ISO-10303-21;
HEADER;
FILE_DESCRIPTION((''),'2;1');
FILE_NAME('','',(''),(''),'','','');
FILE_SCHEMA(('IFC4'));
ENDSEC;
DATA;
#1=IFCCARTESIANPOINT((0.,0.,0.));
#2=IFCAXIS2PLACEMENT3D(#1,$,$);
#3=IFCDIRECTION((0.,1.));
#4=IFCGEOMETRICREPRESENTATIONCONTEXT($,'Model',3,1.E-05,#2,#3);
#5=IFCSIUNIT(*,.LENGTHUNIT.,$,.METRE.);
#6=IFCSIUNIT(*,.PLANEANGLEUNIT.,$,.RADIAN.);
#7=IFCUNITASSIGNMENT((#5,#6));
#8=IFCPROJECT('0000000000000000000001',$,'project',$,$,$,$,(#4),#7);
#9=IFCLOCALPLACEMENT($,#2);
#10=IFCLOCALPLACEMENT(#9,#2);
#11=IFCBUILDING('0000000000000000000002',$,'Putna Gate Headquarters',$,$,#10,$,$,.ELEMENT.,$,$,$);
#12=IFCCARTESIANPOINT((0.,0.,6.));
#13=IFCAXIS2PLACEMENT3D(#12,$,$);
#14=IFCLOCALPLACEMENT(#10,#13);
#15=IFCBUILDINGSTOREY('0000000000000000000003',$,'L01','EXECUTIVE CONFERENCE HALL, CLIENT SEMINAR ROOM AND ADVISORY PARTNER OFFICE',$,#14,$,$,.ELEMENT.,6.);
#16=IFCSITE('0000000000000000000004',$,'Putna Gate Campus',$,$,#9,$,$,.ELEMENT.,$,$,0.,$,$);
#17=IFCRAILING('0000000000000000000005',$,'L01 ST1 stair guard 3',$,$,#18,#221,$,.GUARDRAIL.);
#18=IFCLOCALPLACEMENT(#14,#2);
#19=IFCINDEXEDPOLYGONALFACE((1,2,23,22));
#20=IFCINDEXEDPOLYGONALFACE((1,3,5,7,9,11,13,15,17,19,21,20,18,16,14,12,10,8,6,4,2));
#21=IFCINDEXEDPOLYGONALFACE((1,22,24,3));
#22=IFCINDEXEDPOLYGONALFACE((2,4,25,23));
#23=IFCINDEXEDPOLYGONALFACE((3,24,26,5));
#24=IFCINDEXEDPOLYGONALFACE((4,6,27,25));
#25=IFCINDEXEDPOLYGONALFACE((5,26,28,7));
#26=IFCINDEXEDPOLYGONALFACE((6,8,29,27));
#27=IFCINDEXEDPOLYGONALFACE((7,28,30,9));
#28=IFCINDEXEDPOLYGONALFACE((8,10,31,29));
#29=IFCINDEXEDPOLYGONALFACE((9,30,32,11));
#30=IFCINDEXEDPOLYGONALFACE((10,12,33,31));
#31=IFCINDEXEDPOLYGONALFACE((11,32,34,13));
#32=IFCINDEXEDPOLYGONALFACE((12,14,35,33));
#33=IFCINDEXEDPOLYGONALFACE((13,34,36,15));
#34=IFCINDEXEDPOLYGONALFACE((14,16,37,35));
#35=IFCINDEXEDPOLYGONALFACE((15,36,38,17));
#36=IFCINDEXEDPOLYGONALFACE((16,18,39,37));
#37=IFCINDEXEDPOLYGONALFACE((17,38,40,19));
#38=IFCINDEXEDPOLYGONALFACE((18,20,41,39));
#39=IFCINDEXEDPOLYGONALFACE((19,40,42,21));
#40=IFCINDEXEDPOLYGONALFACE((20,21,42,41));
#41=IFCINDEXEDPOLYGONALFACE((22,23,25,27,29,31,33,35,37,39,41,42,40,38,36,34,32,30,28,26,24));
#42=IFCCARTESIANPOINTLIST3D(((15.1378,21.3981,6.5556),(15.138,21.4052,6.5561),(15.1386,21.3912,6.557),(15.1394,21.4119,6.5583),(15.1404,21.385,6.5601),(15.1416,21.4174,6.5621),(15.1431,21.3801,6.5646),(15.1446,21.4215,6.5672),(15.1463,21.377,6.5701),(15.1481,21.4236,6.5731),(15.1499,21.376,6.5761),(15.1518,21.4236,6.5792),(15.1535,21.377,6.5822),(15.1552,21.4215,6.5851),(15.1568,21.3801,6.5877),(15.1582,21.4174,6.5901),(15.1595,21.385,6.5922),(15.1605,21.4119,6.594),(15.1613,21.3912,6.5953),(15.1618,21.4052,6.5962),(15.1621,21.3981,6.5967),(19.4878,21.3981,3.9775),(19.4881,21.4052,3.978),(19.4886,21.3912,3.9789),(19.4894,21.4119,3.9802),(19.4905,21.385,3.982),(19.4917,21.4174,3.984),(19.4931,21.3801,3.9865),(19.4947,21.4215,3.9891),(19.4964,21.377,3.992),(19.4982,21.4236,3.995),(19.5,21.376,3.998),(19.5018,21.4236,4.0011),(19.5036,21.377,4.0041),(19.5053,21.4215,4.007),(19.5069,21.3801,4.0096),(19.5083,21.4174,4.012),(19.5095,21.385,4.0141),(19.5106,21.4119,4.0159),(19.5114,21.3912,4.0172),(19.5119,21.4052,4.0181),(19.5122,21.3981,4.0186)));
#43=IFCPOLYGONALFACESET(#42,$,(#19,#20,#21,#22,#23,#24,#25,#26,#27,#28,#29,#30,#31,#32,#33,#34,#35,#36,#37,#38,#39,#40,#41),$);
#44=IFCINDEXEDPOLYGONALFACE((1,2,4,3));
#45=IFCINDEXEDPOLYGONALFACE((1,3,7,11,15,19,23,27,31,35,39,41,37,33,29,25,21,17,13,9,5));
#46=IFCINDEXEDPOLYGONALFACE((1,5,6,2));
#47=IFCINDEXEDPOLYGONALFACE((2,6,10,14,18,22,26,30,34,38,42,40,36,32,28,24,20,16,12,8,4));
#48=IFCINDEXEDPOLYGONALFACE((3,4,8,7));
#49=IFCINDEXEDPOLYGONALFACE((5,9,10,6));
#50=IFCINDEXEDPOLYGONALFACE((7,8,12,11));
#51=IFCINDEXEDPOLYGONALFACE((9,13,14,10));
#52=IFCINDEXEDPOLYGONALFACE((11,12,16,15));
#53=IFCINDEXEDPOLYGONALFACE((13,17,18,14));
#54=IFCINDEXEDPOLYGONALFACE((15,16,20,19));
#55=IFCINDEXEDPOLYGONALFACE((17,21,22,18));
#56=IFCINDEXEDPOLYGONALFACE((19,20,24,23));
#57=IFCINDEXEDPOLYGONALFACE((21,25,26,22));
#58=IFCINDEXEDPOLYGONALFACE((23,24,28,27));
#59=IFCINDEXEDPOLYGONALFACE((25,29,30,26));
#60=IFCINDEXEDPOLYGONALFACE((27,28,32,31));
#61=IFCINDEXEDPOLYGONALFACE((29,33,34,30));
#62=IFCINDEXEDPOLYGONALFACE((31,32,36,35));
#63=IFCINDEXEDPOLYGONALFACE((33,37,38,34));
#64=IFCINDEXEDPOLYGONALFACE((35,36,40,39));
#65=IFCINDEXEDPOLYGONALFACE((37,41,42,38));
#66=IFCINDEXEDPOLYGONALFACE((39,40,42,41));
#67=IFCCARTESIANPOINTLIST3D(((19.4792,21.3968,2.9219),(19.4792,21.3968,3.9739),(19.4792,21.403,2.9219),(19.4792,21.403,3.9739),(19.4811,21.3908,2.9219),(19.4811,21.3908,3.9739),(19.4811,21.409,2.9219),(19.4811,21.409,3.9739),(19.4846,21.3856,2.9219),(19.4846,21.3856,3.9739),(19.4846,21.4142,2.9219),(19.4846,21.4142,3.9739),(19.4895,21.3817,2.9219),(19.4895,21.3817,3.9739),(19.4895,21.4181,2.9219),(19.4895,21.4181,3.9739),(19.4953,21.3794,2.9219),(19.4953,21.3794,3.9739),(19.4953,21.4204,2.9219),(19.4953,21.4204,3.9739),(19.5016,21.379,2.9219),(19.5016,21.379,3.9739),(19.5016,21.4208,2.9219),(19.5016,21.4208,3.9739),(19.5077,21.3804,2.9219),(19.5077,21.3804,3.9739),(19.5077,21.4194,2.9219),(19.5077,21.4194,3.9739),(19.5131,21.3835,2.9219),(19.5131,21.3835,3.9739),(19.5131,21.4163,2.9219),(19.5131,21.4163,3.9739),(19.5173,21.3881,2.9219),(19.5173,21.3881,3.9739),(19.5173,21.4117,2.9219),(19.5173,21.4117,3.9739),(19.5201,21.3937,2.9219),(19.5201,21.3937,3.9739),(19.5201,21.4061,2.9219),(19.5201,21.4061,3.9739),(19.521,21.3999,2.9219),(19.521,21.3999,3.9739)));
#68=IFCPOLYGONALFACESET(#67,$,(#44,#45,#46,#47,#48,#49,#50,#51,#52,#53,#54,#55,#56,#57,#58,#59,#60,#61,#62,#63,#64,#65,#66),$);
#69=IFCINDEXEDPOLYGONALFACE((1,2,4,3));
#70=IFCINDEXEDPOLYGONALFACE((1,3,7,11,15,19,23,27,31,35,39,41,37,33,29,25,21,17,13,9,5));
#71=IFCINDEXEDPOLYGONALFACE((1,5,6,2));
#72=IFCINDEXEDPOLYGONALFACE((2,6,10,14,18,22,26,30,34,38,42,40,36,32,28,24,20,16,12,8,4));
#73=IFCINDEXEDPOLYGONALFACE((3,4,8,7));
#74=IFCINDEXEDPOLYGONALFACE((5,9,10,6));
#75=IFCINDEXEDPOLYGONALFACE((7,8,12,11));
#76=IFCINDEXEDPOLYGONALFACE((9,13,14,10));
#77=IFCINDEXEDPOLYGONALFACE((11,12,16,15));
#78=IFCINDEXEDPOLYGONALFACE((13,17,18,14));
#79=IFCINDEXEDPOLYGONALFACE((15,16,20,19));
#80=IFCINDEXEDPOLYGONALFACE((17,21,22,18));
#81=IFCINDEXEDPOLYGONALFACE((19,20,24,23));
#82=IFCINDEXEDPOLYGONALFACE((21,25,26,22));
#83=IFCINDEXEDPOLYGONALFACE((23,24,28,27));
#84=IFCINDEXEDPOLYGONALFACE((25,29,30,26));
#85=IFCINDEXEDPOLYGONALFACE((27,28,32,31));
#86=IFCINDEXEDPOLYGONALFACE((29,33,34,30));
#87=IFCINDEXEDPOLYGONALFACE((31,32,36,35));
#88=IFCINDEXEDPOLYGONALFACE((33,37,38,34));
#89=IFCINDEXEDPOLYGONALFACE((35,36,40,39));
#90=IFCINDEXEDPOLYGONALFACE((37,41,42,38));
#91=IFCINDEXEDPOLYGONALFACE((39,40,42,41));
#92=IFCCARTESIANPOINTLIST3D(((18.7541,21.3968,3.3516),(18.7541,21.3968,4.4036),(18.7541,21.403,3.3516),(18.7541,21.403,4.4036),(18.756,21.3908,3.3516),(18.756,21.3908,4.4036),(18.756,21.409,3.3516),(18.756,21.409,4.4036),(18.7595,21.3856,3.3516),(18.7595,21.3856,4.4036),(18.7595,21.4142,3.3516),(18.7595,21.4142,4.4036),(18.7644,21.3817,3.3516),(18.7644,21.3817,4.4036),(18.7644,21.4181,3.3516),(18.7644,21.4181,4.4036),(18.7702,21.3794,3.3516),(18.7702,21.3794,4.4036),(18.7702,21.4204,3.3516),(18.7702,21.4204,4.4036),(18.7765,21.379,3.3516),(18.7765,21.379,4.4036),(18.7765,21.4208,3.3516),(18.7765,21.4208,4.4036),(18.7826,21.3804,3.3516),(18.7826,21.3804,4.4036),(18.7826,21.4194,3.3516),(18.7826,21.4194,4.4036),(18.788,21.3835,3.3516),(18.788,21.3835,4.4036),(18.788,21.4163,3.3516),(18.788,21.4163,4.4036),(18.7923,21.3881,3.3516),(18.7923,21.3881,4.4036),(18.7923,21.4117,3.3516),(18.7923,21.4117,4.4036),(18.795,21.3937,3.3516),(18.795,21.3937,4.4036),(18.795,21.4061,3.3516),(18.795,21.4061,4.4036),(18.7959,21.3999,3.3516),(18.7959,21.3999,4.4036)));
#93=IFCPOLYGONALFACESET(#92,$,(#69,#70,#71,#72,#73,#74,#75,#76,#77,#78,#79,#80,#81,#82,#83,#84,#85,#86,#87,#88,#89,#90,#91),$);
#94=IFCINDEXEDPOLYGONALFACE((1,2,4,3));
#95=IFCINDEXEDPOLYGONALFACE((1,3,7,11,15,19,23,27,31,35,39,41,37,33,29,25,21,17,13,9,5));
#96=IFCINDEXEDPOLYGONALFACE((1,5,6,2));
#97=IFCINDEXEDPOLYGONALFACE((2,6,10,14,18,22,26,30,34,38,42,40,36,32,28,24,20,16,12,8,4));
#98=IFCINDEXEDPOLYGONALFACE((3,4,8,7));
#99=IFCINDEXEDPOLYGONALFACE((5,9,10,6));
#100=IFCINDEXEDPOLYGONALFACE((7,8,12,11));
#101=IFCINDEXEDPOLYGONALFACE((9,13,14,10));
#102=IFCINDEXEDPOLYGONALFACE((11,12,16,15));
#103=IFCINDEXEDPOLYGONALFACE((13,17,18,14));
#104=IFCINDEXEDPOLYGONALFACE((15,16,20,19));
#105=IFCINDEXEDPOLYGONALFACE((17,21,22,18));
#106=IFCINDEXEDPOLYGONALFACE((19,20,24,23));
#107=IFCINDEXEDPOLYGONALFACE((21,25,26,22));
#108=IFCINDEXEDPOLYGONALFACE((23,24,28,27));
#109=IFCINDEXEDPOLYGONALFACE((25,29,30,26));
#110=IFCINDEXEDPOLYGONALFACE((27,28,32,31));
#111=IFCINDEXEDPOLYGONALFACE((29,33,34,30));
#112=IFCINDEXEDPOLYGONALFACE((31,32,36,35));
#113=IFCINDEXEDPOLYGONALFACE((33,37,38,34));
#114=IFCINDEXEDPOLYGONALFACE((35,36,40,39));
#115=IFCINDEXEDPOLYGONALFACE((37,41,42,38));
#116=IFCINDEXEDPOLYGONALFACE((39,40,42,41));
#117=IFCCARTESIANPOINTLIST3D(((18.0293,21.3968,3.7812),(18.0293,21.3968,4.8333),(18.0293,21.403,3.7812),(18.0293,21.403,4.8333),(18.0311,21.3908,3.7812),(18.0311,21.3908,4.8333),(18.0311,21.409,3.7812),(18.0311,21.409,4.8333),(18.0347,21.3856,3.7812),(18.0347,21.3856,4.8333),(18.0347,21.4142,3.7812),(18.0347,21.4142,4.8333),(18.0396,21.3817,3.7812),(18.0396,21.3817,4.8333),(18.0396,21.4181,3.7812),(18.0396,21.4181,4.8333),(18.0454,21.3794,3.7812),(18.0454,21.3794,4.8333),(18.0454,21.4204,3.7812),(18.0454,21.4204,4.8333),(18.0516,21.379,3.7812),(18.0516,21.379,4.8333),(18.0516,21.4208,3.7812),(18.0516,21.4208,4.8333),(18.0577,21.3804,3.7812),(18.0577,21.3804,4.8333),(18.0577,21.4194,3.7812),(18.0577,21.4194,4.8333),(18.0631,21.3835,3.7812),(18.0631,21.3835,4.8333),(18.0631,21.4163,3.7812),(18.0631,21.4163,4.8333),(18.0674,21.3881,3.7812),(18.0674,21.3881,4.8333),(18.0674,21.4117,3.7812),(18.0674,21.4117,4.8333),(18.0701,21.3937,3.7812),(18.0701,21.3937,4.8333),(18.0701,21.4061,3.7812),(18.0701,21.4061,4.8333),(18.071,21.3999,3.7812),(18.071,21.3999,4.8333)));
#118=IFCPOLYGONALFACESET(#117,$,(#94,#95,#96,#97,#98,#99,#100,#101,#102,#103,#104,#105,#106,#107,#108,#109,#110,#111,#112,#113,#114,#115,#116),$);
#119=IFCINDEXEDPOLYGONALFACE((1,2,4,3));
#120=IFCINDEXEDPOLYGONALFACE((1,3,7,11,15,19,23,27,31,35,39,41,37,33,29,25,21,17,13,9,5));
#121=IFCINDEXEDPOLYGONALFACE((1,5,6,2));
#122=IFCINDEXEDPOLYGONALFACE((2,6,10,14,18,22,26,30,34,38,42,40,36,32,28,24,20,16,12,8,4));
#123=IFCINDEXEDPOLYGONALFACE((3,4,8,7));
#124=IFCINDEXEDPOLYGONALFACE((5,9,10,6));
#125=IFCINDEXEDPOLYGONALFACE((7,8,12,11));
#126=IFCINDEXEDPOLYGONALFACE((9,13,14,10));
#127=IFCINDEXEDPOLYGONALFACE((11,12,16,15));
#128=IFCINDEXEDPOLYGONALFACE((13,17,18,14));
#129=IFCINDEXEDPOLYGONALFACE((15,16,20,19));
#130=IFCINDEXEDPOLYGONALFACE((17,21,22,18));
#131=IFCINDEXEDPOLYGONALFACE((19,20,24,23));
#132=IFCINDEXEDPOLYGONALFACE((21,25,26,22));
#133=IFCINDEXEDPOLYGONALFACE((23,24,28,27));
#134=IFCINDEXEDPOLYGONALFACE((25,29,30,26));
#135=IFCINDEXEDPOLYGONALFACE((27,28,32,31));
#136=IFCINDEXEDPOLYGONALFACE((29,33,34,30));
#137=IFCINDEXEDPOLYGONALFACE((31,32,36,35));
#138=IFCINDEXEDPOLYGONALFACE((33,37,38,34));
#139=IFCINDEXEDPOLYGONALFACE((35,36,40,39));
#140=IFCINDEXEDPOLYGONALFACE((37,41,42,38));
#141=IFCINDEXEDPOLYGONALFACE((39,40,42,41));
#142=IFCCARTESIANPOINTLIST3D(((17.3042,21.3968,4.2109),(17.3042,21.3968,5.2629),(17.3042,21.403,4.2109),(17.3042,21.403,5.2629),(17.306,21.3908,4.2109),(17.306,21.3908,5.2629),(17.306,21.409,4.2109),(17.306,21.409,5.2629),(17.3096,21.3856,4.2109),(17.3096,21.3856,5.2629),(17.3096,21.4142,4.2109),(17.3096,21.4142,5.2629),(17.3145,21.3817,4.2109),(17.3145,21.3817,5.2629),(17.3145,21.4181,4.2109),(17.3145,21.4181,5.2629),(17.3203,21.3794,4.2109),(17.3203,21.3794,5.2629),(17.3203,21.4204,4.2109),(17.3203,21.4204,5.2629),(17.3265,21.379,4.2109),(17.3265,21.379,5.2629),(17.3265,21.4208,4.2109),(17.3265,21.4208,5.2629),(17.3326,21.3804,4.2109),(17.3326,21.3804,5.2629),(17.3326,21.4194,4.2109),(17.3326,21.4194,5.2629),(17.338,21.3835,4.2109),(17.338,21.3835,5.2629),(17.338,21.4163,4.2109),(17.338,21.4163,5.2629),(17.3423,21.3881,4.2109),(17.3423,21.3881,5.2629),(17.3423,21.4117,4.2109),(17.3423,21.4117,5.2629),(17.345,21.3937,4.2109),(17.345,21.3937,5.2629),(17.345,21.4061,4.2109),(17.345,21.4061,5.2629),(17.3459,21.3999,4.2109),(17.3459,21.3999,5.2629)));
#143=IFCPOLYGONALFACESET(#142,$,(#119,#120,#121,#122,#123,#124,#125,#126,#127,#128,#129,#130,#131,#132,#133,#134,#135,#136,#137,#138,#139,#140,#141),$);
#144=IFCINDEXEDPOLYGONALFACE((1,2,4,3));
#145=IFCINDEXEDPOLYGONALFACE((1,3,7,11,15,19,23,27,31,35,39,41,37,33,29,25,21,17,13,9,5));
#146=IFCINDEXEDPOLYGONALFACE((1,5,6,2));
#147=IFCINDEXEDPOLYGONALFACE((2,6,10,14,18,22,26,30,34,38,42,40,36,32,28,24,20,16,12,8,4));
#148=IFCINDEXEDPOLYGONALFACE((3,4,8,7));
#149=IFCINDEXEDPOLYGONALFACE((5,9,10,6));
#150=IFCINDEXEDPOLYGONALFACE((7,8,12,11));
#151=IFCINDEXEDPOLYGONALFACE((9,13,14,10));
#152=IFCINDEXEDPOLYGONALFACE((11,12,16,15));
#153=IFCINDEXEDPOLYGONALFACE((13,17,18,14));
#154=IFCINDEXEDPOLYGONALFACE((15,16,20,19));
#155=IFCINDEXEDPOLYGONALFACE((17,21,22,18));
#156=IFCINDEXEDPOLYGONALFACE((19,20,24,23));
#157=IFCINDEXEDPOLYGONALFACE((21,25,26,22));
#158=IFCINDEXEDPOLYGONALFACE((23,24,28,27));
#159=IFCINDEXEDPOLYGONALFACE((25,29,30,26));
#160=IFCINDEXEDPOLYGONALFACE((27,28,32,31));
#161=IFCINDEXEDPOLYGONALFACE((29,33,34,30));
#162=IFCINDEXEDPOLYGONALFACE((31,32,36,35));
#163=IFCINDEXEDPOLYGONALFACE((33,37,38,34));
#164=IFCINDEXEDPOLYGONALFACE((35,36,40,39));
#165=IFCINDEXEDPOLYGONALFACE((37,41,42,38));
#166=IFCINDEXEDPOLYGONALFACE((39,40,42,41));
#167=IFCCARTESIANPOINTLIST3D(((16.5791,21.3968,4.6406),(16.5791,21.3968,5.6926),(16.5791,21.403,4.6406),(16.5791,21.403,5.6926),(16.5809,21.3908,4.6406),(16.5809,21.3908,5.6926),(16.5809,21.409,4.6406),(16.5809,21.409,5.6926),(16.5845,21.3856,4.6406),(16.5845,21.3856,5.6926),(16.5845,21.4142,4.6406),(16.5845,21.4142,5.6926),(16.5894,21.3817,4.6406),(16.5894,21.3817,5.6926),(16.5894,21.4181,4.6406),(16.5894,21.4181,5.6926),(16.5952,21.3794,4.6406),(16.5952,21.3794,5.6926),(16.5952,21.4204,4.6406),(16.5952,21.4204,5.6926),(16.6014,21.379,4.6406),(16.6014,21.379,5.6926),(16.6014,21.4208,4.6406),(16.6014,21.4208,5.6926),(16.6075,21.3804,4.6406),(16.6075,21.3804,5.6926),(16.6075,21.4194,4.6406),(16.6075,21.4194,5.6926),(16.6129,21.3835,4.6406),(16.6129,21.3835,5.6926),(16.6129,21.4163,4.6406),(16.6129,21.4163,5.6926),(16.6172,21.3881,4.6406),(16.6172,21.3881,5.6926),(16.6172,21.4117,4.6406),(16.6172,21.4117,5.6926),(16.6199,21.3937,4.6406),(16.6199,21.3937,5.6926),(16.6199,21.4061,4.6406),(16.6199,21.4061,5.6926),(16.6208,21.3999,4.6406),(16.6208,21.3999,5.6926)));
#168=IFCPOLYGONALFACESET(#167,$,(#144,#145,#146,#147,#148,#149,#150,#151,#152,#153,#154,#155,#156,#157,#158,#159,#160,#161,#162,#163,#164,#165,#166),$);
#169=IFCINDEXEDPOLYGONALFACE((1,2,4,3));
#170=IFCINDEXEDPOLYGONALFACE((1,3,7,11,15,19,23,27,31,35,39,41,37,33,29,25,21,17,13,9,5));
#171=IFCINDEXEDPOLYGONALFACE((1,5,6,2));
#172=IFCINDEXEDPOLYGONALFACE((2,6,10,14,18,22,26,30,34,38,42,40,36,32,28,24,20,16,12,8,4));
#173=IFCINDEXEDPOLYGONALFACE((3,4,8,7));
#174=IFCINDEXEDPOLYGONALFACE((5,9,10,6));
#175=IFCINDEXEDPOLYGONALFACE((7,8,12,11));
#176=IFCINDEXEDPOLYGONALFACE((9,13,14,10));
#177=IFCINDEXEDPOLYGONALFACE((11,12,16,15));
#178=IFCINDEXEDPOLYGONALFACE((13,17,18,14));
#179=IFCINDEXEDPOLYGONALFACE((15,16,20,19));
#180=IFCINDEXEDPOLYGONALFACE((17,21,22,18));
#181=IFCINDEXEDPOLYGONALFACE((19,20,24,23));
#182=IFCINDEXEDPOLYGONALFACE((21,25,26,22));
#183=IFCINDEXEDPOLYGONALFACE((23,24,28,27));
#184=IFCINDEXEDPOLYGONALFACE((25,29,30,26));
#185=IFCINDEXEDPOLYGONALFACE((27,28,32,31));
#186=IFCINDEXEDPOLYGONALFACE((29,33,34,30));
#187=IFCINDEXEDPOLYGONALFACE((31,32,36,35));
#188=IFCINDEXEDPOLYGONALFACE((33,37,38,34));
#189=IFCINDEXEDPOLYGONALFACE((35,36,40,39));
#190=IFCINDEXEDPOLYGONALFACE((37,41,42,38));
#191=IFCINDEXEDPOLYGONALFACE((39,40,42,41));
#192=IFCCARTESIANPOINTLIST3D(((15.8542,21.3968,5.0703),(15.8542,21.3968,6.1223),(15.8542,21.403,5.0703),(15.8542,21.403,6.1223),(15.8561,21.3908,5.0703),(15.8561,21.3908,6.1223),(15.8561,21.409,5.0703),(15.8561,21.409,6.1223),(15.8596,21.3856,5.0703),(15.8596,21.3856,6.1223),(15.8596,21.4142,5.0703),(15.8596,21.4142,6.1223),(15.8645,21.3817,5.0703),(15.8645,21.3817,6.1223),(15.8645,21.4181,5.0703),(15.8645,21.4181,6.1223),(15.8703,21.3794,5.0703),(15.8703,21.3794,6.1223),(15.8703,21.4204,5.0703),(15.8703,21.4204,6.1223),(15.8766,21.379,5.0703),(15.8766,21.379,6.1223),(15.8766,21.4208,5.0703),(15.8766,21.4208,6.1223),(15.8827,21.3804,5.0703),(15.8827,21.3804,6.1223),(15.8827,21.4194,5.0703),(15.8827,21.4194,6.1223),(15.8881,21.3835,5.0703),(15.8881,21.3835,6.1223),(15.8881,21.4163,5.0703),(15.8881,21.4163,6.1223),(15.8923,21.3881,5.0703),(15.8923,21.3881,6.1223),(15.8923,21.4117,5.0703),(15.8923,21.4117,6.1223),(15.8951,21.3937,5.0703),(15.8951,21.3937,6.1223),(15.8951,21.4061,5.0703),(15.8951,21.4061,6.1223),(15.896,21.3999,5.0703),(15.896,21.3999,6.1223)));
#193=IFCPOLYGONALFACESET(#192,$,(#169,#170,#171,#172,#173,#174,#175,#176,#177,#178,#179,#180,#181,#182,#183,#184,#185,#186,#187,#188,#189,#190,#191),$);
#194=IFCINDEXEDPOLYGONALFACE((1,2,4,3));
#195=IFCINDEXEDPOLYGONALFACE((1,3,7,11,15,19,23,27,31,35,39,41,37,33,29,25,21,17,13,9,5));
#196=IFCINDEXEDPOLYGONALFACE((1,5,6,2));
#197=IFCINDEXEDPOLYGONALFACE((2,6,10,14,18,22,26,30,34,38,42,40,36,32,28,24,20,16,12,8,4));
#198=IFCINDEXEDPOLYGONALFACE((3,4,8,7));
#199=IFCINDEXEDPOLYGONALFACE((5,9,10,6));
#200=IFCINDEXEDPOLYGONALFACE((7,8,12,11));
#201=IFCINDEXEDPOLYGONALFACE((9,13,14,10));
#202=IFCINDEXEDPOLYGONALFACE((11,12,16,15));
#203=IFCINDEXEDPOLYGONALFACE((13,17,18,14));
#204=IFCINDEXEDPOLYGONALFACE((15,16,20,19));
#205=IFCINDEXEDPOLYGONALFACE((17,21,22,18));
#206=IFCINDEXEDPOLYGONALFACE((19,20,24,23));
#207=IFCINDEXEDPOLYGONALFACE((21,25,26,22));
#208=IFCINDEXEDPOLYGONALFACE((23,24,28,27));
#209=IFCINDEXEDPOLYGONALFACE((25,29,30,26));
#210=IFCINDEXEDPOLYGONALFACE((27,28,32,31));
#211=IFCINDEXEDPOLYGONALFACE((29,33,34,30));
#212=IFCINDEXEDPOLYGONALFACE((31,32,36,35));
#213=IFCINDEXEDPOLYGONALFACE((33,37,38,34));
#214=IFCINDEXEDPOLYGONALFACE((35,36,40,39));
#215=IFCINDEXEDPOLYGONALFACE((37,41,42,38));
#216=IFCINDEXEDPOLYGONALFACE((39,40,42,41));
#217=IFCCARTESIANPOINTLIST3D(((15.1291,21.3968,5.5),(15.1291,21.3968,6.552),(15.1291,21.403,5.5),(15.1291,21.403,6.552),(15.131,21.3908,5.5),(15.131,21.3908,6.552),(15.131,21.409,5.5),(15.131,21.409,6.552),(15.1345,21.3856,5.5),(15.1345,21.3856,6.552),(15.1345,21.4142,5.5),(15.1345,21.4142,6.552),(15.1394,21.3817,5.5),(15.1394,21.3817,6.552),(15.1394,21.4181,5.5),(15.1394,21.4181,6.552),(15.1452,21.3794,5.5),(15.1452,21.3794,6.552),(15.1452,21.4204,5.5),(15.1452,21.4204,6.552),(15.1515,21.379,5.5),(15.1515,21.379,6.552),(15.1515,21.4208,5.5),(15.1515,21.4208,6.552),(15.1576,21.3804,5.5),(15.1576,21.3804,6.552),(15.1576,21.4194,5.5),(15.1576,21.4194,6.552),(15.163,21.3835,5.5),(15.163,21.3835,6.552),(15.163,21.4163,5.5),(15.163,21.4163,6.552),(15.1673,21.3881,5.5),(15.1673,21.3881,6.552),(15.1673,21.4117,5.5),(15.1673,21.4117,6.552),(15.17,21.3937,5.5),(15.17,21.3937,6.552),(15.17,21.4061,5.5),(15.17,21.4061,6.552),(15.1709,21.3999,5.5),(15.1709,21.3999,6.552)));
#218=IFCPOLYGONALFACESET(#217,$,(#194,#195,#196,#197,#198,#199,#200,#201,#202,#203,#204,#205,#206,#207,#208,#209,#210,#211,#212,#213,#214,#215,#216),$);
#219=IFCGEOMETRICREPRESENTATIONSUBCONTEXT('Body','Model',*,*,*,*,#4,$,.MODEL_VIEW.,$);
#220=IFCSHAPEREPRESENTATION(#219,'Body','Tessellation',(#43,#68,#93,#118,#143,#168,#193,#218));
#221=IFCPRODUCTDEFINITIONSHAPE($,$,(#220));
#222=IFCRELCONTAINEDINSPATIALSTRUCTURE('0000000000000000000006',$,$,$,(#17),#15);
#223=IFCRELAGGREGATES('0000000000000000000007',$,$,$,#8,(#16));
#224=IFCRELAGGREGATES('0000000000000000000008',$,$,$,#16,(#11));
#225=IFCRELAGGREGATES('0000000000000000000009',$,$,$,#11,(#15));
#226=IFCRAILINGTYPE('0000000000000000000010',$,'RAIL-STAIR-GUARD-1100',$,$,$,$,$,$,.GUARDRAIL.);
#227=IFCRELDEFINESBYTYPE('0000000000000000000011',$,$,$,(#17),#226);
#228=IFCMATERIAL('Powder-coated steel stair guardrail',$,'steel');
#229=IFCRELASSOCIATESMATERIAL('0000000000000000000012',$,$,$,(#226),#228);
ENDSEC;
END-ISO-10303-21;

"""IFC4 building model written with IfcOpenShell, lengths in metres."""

from ifc_helpers import new_model, si_unit, direction, frame, origin, origin_2d, place, context, subcontext, project, spatial, circle, extrude, material, type_object, element, save


model = new_model("IFC4")

# Units and contexts
model_context = context("Model", 3, precision=1e-05, world=origin(), true_north=direction((0.0, 1.0)))
body_context = subcontext(model_context, "Body", "Model", "MODEL_VIEW")
ifc_project = project(units=[si_unit("LENGTHUNIT", "METRE"), si_unit("PLANEANGLEUNIT", "RADIAN")], contexts=[model_context])

# Site, building, storey
site_placement = place(None, origin())
site = spatial("IfcSite", under=ifc_project, at=site_placement, Name="Putna Gate Campus", CompositionType="ELEMENT", RefElevation=0.0)
building_placement = place(site_placement, origin())
building = spatial("IfcBuilding", under=site, at=building_placement, Name="Putna Gate Headquarters", CompositionType="ELEMENT")
storey_placement = place(building_placement, frame((0.0, 0.0, 6.0)))
storey = spatial("IfcBuildingStorey", under=building, at=storey_placement, Name="L01", Description="EXECUTIVE CONFERENCE HALL, CLIENT SEMINAR ROOM AND ADVISORY PARTNER OFFICE", CompositionType="ELEMENT", Elevation=6.0)

# Railing
ifc_material_1 = material(Name="Powder-coated steel stair guardrail", Category="steel")
railing_type_1 = type_object("IfcRailingType", Name="RAIL-STAIR-GUARD-1100", PredefinedType="GUARDRAIL", material=ifc_material_1)
railing_1_placement = place(storey_placement, frame((19.5, 21.3999, 2.9219)))
element("IfcRailing", 1, at=railing_1_placement, inside=storey, type_object=railing_type_1, Name="L01 ST1 stair guard 3", PredefinedType="GUARDRAIL", context=body_context, shape_type="SweptSolid", body=[
    extrude(circle(Radius=0.0239, at=origin_2d()), frame((0.0, 0.0, 1.0762), z_axis=(-0.860266, 0.0, 0.509845), x_axis=(0.0, -1.0, 0.0)), (0.0, 0.0, 1.0), 5.0566),
    extrude(circle(Radius=0.021, at=origin_2d()), origin(), (0.0, 0.0, 1.0), 1.052),
    extrude(circle(Radius=0.021, at=origin_2d()), frame((-0.7251, 0.0, 0.4297)), (0.0, 0.0, 1.0), 1.052),
    extrude(circle(Radius=0.021, at=origin_2d()), frame((-1.45, 0.0, 0.8594)), (0.0, 0.0, 1.0), 1.052),
    extrude(circle(Radius=0.021, at=origin_2d()), frame((-2.175, 0.0, 1.2891)), (0.0, 0.0, 1.0), 1.052),
    extrude(circle(Radius=0.021, at=origin_2d()), frame((-2.9001, 0.0, 1.7188)), (0.0, 0.0, 1.0), 1.052),
    extrude(circle(Radius=0.021, at=origin_2d()), frame((-3.625, 0.0, 2.1484)), (0.0, 0.0, 1.0), 1.052),
    extrude(circle(Radius=0.021, at=origin_2d()), frame((-4.3501, 0.0, 2.5781)), (0.0, 0.0, 1.0), 1.052),
])

save(model, "model.ifc")
